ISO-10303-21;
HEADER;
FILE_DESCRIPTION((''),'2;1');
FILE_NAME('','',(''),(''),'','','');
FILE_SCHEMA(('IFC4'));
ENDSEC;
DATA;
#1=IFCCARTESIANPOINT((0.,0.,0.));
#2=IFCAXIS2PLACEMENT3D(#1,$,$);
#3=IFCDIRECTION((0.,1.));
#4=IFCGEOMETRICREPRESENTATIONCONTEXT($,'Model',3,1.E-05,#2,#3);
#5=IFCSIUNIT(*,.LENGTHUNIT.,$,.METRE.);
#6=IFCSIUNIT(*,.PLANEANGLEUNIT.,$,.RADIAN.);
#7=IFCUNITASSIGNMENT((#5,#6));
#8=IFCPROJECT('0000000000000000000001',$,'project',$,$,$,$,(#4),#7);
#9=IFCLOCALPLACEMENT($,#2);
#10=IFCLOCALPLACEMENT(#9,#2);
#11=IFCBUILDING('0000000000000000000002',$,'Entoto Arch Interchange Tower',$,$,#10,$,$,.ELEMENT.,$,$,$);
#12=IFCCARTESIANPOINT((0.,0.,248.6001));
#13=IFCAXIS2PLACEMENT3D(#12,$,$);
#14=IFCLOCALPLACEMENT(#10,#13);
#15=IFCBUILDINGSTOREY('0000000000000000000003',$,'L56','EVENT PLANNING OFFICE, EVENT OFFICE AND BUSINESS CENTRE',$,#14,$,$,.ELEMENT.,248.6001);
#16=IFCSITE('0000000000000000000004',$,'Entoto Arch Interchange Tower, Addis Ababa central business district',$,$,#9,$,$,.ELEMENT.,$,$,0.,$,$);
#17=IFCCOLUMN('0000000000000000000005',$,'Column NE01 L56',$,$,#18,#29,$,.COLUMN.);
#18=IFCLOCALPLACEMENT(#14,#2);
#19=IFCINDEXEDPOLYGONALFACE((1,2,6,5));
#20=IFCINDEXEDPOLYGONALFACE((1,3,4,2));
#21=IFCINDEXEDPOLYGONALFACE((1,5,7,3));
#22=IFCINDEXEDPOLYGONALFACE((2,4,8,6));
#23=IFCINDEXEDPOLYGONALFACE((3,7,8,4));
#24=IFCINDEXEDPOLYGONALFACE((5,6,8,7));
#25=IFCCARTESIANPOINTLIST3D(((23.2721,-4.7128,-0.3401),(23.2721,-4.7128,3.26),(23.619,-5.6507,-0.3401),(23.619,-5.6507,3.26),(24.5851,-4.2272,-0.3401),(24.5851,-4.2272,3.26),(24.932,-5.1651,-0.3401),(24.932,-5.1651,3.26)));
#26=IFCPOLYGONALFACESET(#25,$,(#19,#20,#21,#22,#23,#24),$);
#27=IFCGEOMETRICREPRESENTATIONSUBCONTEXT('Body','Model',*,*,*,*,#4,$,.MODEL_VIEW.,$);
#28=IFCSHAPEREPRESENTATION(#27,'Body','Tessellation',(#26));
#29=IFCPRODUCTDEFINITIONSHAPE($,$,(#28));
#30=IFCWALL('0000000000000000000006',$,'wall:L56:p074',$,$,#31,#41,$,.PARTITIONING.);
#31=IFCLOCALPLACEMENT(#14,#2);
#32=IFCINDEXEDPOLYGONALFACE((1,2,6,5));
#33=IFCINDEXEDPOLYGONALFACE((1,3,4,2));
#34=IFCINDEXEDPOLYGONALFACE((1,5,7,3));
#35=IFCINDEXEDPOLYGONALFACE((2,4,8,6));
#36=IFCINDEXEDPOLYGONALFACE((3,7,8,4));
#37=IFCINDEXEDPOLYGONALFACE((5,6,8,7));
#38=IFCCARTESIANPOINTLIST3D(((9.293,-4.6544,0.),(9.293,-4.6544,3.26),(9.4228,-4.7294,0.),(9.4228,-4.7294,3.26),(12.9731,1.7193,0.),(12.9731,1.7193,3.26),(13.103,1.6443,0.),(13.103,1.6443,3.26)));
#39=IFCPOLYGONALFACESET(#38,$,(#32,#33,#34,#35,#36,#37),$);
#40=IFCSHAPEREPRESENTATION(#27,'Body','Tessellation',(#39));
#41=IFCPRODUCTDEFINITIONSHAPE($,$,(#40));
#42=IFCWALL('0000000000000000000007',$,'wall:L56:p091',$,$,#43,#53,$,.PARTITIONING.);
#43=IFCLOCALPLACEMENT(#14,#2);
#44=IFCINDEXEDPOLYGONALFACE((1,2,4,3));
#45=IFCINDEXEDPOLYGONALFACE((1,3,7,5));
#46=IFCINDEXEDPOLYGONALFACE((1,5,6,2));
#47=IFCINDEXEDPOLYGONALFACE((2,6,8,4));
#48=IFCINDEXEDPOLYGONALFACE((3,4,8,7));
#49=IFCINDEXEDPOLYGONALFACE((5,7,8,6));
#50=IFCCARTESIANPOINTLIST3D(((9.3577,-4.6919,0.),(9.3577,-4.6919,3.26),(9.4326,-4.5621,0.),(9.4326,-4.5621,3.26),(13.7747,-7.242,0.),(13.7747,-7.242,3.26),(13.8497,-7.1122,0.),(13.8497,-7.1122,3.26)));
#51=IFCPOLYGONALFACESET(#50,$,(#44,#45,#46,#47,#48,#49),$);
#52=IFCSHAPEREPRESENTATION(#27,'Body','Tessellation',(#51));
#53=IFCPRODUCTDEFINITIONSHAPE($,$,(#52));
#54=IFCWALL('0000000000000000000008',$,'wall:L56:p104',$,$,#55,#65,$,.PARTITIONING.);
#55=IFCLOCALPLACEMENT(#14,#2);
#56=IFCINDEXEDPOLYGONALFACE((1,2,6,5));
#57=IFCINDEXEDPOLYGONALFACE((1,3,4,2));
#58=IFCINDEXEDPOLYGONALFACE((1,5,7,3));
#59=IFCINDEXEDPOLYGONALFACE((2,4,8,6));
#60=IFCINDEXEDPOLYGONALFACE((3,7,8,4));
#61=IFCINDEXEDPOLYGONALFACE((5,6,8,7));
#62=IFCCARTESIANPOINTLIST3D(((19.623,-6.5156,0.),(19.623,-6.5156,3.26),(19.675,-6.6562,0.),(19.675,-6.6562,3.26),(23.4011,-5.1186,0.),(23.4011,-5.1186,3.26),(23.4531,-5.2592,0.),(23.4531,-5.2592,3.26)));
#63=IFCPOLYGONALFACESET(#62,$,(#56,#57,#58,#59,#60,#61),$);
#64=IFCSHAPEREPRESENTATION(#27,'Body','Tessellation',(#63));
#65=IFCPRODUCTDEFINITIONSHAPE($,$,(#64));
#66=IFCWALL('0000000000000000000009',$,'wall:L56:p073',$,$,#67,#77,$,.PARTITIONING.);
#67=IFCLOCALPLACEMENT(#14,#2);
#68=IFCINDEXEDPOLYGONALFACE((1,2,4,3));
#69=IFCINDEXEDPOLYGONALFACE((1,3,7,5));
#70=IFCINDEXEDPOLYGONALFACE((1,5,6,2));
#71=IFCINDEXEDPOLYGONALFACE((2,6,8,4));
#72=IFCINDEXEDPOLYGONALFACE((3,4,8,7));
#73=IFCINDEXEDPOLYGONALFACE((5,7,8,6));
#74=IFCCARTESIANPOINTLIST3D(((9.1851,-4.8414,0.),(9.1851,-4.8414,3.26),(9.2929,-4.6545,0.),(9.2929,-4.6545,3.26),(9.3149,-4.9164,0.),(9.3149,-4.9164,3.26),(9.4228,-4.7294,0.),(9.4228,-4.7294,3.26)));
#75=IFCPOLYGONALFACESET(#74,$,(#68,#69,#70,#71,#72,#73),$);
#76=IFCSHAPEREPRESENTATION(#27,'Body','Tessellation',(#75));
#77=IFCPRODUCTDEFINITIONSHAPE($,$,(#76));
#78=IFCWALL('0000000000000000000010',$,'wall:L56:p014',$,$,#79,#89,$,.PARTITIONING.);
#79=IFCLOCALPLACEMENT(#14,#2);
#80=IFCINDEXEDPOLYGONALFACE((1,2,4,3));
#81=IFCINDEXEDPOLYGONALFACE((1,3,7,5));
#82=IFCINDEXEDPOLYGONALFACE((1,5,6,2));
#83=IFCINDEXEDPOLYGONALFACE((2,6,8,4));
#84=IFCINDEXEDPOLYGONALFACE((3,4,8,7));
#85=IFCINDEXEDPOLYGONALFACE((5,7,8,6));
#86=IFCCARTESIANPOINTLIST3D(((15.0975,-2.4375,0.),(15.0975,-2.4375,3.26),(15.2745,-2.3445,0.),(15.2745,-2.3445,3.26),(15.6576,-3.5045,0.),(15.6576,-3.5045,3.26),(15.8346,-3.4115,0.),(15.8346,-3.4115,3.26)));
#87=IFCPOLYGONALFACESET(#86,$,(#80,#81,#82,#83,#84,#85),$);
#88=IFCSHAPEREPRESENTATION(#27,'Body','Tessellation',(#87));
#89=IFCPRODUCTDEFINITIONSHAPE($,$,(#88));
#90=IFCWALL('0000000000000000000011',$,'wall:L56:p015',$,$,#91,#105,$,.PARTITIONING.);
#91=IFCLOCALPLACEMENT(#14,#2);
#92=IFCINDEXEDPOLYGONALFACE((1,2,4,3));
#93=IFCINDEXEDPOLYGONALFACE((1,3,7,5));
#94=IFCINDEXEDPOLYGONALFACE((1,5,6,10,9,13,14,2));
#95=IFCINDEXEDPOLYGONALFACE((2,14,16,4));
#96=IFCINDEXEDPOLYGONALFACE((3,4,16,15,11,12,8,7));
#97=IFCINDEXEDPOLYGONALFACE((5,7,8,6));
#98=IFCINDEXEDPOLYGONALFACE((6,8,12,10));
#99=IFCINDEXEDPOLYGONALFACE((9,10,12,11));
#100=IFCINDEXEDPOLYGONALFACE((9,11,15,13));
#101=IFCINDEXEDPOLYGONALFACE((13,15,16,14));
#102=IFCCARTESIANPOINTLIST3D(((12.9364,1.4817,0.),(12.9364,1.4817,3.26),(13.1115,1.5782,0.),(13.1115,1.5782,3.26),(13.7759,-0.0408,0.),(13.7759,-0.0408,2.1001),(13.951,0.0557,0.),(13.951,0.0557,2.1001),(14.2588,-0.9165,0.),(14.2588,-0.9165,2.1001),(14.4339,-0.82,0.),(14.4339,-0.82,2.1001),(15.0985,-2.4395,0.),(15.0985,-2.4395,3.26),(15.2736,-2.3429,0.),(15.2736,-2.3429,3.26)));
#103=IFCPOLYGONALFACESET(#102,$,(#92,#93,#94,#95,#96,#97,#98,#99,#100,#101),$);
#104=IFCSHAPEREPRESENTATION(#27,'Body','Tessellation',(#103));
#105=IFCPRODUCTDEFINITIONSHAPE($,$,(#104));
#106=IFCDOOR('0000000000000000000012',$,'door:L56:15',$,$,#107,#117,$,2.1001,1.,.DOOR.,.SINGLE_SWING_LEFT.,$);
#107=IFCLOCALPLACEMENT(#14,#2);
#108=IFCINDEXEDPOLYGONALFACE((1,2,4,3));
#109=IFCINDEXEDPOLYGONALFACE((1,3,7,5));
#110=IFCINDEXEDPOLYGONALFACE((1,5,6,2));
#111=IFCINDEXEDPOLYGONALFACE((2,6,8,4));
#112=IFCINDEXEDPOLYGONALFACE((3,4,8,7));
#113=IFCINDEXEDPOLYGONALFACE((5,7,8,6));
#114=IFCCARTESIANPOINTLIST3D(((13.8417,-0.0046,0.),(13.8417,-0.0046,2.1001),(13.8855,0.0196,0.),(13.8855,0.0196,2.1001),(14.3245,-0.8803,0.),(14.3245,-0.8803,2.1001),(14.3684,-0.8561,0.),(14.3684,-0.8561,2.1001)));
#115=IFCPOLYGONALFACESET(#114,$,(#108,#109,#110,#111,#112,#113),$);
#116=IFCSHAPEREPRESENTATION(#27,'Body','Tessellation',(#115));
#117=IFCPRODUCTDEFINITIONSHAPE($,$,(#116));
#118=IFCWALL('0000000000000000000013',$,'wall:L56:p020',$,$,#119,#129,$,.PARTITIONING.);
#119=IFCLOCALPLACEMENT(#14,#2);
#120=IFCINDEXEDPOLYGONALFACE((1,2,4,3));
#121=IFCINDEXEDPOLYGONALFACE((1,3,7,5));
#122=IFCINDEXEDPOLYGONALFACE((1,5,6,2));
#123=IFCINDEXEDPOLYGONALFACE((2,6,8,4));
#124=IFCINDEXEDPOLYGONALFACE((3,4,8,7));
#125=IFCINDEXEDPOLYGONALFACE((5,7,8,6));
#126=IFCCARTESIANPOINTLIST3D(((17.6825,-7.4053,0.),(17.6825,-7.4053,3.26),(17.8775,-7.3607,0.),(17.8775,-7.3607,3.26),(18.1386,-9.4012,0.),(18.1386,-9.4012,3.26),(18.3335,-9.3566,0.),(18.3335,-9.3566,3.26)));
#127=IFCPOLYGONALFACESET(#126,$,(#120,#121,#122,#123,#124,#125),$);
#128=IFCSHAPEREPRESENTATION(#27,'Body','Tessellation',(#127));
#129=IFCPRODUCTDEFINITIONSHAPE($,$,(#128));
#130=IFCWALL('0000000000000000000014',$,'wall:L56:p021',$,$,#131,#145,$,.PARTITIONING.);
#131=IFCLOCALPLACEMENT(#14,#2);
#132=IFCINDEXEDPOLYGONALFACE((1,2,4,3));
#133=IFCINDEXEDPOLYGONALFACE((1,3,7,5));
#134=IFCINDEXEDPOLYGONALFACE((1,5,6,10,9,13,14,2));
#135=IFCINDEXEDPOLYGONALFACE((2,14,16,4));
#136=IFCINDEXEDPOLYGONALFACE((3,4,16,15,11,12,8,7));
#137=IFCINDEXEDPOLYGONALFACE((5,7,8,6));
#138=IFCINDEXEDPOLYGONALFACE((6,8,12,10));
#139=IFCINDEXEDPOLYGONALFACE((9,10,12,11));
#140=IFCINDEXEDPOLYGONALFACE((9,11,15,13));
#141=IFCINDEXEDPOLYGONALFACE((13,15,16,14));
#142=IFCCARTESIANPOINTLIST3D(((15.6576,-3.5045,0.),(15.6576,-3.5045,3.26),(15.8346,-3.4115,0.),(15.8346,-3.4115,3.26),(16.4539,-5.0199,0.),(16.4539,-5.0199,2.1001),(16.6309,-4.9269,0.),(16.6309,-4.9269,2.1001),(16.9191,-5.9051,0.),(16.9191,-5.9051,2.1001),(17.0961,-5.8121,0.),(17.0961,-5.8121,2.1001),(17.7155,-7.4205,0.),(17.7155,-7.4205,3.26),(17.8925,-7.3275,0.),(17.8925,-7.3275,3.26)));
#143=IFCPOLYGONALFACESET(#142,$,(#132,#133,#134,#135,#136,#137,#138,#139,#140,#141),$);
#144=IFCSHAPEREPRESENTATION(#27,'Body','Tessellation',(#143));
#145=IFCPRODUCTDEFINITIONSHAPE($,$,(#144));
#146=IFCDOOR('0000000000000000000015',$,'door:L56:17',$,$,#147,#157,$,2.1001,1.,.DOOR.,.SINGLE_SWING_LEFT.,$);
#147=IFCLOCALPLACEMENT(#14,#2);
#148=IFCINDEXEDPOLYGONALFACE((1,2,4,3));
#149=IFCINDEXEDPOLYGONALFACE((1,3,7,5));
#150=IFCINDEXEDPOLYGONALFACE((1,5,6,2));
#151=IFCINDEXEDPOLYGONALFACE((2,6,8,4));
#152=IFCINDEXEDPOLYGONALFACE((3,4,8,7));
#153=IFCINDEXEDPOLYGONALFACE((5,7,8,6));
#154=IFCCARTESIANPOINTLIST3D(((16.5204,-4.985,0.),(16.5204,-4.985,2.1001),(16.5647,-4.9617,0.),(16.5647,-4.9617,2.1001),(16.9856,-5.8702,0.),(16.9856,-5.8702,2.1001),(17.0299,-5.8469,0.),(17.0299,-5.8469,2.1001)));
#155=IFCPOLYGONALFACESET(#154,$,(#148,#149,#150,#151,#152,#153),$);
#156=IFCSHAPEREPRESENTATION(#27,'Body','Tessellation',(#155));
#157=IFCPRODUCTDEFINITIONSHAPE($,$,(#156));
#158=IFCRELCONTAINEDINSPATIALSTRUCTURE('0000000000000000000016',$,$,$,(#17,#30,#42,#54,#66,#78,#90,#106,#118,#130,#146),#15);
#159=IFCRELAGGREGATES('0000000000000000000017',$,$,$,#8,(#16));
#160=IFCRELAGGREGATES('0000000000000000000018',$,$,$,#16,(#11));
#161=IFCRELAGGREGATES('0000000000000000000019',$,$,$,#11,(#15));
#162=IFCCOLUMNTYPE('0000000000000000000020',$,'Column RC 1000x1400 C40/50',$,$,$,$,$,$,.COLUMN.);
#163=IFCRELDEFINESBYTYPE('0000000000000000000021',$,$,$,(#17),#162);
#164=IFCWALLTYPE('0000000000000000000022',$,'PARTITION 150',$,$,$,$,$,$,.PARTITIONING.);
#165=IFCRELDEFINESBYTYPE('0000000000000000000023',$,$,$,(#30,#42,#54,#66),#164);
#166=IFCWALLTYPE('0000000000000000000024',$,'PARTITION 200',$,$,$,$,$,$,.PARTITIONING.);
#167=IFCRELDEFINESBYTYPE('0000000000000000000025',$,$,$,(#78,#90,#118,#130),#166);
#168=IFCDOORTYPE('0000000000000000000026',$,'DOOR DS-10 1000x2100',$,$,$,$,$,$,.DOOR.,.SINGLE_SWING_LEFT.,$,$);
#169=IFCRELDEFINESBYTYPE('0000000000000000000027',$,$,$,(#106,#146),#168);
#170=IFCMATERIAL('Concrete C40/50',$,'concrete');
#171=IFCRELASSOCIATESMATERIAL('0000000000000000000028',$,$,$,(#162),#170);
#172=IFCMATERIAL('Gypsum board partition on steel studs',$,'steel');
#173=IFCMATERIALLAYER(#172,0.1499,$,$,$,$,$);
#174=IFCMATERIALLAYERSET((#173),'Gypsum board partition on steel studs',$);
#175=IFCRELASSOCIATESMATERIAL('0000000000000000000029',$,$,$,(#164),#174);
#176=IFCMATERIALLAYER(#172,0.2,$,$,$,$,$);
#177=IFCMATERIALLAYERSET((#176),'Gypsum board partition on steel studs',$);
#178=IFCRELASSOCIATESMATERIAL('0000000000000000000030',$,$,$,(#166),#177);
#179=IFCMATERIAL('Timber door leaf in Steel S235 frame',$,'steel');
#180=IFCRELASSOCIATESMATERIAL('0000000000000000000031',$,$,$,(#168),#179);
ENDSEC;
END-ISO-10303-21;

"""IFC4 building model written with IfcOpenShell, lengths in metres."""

from ifc_helpers import new_model, si_unit, direction, frame, frame_2d, origin, origin_2d, place, context, subcontext, project, spatial, rectangle, extrude, material, layer, layer_set, material_profile, profile_set, type_object, element, fill, save


model = new_model("IFC4")

# Units and contexts
model_context = context("Model", 3, precision=1e-05, world=origin(), true_north=direction((0.0, 1.0)))
body_context = subcontext(model_context, "Body", "Model", "MODEL_VIEW")
ifc_project = project(units=[si_unit("LENGTHUNIT", "METRE"), si_unit("PLANEANGLEUNIT", "RADIAN")], contexts=[model_context])

# Site, building, storey
site_placement = place(None, origin())
site = spatial("IfcSite", under=ifc_project, at=site_placement, Name="Entoto Arch Interchange Tower, Addis Ababa central business district", CompositionType="ELEMENT", RefElevation=0.0)
building_placement = place(site_placement, origin())
building = spatial("IfcBuilding", under=site, at=building_placement, Name="Entoto Arch Interchange Tower", CompositionType="ELEMENT")
storey_placement = place(building_placement, frame((0.0, 0.0, 248.6001)))
storey = spatial("IfcBuildingStorey", under=building, at=storey_placement, Name="L56", Description="EVENT PLANNING OFFICE, EVENT OFFICE AND BUSINESS CENTRE", CompositionType="ELEMENT", Elevation=248.6001)

# Column
ifc_material_1 = material(Name="Concrete C40/50", Category="concrete")
ifc_material_profile = material_profile(ifc_material_1, rectangle(XDim=1.0, YDim=1.3999, at=origin_2d()))
ifc_profile_set = profile_set([ifc_material_profile], Name="Concrete C40/50")
column_type = type_object("IfcColumnType", Name="Column RC 1000x1400 C40/50", PredefinedType="COLUMN", material=ifc_profile_set)
column_placement = place(storey_placement, frame((24.1021, -4.939, -0.3401), z_axis=(0.0, 0.0, 1.0), x_axis=(-0.346854, 0.937919, 0.0)))
element("IfcColumn", 1, at=column_placement, inside=storey, type_object=column_type, Name="Column NE01 L56", PredefinedType="COLUMN", context=body_context, shape_type="SweptSolid", body=[
    extrude(rectangle(XDim=1.0, YDim=1.3999, at=origin_2d()), origin(), (0.0, 0.0, 1.0), 3.6001),
])

# Walls
ifc_material_2 = material(Name="Gypsum board partition on steel studs", Category="steel")
ifc_layer_1 = layer(ifc_material_2, 0.1499)
ifc_layer_set_1 = layer_set([ifc_layer_1], Name="Gypsum board partition on steel studs")
wall_type_1 = type_object("IfcWallType", Name="PARTITION 150", PredefinedType="PARTITIONING", material=ifc_layer_set_1)
wall_1_placement = place(storey_placement, frame((9.3579, -4.6919, 0.0), z_axis=(0.0, 0.0, 1.0), x_axis=(0.500028, 0.866009, 0.0)))
element("IfcWall", 2, at=wall_1_placement, inside=storey, type_object=wall_type_1, Name="wall:L56:p074", PredefinedType="PARTITIONING", context=body_context, shape_type="SweptSolid", body=[
    extrude(rectangle(XDim=7.3599, YDim=0.1499, at=frame_2d((3.6799, 0.0))), origin(), (0.0, 0.0, 1.0), 3.26),
])
wall_2_placement = place(storey_placement, frame((9.395, -4.627, 0.0), z_axis=(0.0, 0.0, 1.0), x_axis=(0.866034, -0.499985, 0.0)))
element("IfcWall", 3, at=wall_2_placement, inside=storey, type_object=wall_type_1, Name="wall:L56:p091", PredefinedType="PARTITIONING", context=body_context, shape_type="SweptSolid", body=[
    extrude(rectangle(XDim=5.1003, YDim=0.1499, at=frame_2d((2.5503, 0.0))), origin(), (0.0, 0.0, 1.0), 3.26),
])
wall_3_placement = place(storey_placement, frame((19.6489, -6.5859, 0.0), z_axis=(0.0, 0.0, 1.0), x_axis=(0.937936, 0.346809, 0.0)))
element("IfcWall", 4, at=wall_3_placement, inside=storey, type_object=wall_type_1, Name="wall:L56:p104", PredefinedType="PARTITIONING", context=body_context, shape_type="SweptSolid", body=[
    extrude(rectangle(XDim=4.0281, YDim=0.1499, at=frame_2d((2.0142, 0.0))), origin(), (0.0, 0.0, 1.0), 3.26),
])
wall_4_placement = place(storey_placement, frame((9.25, -4.8789, 0.0), z_axis=(0.0, 0.0, 1.0), x_axis=(0.499788, 0.866148, 0.0)))
element("IfcWall", 5, at=wall_4_placement, inside=storey, type_object=wall_type_1, Name="wall:L56:p073", PredefinedType="PARTITIONING", context=body_context, shape_type="SweptSolid", body=[
    extrude(rectangle(XDim=0.2158, YDim=0.1499, at=frame_2d((0.1079, 0.0))), origin(), (0.0, 0.0, 1.0), 3.26),
])
ifc_layer_2 = layer(ifc_material_2, 0.2)
ifc_layer_set_2 = layer_set([ifc_layer_2], Name="Gypsum board partition on steel studs")
wall_type_2 = type_object("IfcWallType", Name="PARTITION 200", PredefinedType="PARTITIONING", material=ifc_layer_set_2)
wall_5_placement = place(storey_placement, frame((15.7461, -3.458, 0.0), z_axis=(0.0, 0.0, 1.0), x_axis=(-0.464794, 0.885419, 0.0)))
element("IfcWall", 6, at=wall_5_placement, inside=storey, type_object=wall_type_2, Name="wall:L56:p014", PredefinedType="PARTITIONING", context=body_context, shape_type="SweptSolid", body=[
    extrude(rectangle(XDim=1.2051, YDim=0.2, at=frame_2d((0.6025, 0.0))), origin(), (0.0, 0.0, 1.0), 3.26),
])

# Wall, opening, door
wall_6_placement = place(storey_placement, frame((15.186, -2.3911, 0.0), z_axis=(0.0, 0.0, 1.0), x_axis=(-0.482858, 0.875699, 0.0)))
wall_6 = element("IfcWall", 7, at=wall_6_placement, inside=storey, type_object=wall_type_2, Name="wall:L56:p015", PredefinedType="PARTITIONING", context=body_context, shape_type="SweptSolid", body=[
    extrude(rectangle(XDim=4.4778, YDim=0.2, at=frame_2d((2.2388, 0.0))), origin(), (0.0, 0.0, 1.0), 3.26),
])
opening_1_placement = place(wall_6_placement, frame((1.739, 0.0, 0.0)))
opening_1 = element("IfcOpeningElement", 8, at=opening_1_placement, cuts=wall_6, PredefinedType="OPENING", context=body_context, shape_type="SweptSolid", body=[
    extrude(rectangle(XDim=1.0, YDim=2.1001, at=frame_2d((0.5, 1.05))), frame((0.0, 0.1099, 0.0), z_axis=(0.0, -1.0, 0.0), x_axis=(1.0, 0.0, 0.0)), (0.0, 0.0, 1.0), 0.22),
])
ifc_material_3 = material(Name="Timber door leaf in Steel S235 frame", Category="steel")
door_type = type_object("IfcDoorType", Name="DOOR DS-10 1000x2100", OperationType="SINGLE_SWING_LEFT", PredefinedType="DOOR", material=ifc_material_3)
door_1_placement = place(opening_1_placement, origin())
door_1 = element("IfcDoor", 9, at=door_1_placement, inside=storey, type_object=door_type, Name="door:L56:15", OperationType="SINGLE_SWING_LEFT", OverallHeight=2.1001, OverallWidth=1.0, PredefinedType="DOOR", context=body_context, shape_type="SweptSolid", body=[
    extrude(rectangle(XDim=1.0, YDim=2.1001, at=frame_2d((0.5, 1.05))), frame((0.0, 0.0249, 0.0), z_axis=(0.0, -1.0, 0.0), x_axis=(1.0, 0.0, 0.0)), (0.0, 0.0, 1.0), 0.05),
])
fill(opening_1, door_1)

# Wall
wall_7_placement = place(storey_placement, frame((18.2361, -9.3789, 0.0), z_axis=(0.0, 0.0, 1.0), x_axis=(-0.22276, 0.974873, 0.0)))
element("IfcWall", 10, at=wall_7_placement, inside=storey, type_object=wall_type_2, Name="wall:L56:p020", PredefinedType="PARTITIONING", context=body_context, shape_type="SweptSolid", body=[
    extrude(rectangle(XDim=2.0474, YDim=0.2, at=frame_2d((1.0237, 0.0))), origin(), (0.0, 0.0, 1.0), 3.26),
])

# Wall, opening, door
wall_8_placement = place(storey_placement, frame((17.804, -7.374, 0.0), z_axis=(0.0, 0.0, 1.0), x_axis=(-0.46518, 0.885216, 0.0)))
wall_8 = element("IfcWall", 11, at=wall_8_placement, inside=storey, type_object=wall_type_2, Name="wall:L56:p021", PredefinedType="PARTITIONING", context=body_context, shape_type="SweptSolid", body=[
    extrude(rectangle(XDim=4.4238, YDim=0.2, at=frame_2d((2.2119, 0.0))), origin(), (0.0, 0.0, 1.0), 3.26),
])
opening_2_placement = place(wall_8_placement, frame((1.7119, 0.0, 0.0)))
opening_2 = element("IfcOpeningElement", 12, at=opening_2_placement, cuts=wall_8, PredefinedType="OPENING", context=body_context, shape_type="SweptSolid", body=[
    extrude(rectangle(XDim=1.0, YDim=2.1001, at=frame_2d((0.5, 1.05))), frame((0.0, 0.1099, 0.0), z_axis=(0.0, -1.0, 0.0), x_axis=(1.0, 0.0, 0.0)), (0.0, 0.0, 1.0), 0.22),
])
door_2_placement = place(opening_2_placement, origin())
door_2 = element("IfcDoor", 13, at=door_2_placement, inside=storey, type_object=door_type, Name="door:L56:17", OperationType="SINGLE_SWING_LEFT", OverallHeight=2.1001, OverallWidth=1.0, PredefinedType="DOOR", context=body_context, shape_type="SweptSolid", body=[
    extrude(rectangle(XDim=1.0, YDim=2.1001, at=frame_2d((0.5, 1.05))), frame((0.0, 0.0249, 0.0), z_axis=(0.0, -1.0, 0.0), x_axis=(1.0, 0.0, 0.0)), (0.0, 0.0, 1.0), 0.05),
])
fill(opening_2, door_2)

save(model, "model.ifc")
